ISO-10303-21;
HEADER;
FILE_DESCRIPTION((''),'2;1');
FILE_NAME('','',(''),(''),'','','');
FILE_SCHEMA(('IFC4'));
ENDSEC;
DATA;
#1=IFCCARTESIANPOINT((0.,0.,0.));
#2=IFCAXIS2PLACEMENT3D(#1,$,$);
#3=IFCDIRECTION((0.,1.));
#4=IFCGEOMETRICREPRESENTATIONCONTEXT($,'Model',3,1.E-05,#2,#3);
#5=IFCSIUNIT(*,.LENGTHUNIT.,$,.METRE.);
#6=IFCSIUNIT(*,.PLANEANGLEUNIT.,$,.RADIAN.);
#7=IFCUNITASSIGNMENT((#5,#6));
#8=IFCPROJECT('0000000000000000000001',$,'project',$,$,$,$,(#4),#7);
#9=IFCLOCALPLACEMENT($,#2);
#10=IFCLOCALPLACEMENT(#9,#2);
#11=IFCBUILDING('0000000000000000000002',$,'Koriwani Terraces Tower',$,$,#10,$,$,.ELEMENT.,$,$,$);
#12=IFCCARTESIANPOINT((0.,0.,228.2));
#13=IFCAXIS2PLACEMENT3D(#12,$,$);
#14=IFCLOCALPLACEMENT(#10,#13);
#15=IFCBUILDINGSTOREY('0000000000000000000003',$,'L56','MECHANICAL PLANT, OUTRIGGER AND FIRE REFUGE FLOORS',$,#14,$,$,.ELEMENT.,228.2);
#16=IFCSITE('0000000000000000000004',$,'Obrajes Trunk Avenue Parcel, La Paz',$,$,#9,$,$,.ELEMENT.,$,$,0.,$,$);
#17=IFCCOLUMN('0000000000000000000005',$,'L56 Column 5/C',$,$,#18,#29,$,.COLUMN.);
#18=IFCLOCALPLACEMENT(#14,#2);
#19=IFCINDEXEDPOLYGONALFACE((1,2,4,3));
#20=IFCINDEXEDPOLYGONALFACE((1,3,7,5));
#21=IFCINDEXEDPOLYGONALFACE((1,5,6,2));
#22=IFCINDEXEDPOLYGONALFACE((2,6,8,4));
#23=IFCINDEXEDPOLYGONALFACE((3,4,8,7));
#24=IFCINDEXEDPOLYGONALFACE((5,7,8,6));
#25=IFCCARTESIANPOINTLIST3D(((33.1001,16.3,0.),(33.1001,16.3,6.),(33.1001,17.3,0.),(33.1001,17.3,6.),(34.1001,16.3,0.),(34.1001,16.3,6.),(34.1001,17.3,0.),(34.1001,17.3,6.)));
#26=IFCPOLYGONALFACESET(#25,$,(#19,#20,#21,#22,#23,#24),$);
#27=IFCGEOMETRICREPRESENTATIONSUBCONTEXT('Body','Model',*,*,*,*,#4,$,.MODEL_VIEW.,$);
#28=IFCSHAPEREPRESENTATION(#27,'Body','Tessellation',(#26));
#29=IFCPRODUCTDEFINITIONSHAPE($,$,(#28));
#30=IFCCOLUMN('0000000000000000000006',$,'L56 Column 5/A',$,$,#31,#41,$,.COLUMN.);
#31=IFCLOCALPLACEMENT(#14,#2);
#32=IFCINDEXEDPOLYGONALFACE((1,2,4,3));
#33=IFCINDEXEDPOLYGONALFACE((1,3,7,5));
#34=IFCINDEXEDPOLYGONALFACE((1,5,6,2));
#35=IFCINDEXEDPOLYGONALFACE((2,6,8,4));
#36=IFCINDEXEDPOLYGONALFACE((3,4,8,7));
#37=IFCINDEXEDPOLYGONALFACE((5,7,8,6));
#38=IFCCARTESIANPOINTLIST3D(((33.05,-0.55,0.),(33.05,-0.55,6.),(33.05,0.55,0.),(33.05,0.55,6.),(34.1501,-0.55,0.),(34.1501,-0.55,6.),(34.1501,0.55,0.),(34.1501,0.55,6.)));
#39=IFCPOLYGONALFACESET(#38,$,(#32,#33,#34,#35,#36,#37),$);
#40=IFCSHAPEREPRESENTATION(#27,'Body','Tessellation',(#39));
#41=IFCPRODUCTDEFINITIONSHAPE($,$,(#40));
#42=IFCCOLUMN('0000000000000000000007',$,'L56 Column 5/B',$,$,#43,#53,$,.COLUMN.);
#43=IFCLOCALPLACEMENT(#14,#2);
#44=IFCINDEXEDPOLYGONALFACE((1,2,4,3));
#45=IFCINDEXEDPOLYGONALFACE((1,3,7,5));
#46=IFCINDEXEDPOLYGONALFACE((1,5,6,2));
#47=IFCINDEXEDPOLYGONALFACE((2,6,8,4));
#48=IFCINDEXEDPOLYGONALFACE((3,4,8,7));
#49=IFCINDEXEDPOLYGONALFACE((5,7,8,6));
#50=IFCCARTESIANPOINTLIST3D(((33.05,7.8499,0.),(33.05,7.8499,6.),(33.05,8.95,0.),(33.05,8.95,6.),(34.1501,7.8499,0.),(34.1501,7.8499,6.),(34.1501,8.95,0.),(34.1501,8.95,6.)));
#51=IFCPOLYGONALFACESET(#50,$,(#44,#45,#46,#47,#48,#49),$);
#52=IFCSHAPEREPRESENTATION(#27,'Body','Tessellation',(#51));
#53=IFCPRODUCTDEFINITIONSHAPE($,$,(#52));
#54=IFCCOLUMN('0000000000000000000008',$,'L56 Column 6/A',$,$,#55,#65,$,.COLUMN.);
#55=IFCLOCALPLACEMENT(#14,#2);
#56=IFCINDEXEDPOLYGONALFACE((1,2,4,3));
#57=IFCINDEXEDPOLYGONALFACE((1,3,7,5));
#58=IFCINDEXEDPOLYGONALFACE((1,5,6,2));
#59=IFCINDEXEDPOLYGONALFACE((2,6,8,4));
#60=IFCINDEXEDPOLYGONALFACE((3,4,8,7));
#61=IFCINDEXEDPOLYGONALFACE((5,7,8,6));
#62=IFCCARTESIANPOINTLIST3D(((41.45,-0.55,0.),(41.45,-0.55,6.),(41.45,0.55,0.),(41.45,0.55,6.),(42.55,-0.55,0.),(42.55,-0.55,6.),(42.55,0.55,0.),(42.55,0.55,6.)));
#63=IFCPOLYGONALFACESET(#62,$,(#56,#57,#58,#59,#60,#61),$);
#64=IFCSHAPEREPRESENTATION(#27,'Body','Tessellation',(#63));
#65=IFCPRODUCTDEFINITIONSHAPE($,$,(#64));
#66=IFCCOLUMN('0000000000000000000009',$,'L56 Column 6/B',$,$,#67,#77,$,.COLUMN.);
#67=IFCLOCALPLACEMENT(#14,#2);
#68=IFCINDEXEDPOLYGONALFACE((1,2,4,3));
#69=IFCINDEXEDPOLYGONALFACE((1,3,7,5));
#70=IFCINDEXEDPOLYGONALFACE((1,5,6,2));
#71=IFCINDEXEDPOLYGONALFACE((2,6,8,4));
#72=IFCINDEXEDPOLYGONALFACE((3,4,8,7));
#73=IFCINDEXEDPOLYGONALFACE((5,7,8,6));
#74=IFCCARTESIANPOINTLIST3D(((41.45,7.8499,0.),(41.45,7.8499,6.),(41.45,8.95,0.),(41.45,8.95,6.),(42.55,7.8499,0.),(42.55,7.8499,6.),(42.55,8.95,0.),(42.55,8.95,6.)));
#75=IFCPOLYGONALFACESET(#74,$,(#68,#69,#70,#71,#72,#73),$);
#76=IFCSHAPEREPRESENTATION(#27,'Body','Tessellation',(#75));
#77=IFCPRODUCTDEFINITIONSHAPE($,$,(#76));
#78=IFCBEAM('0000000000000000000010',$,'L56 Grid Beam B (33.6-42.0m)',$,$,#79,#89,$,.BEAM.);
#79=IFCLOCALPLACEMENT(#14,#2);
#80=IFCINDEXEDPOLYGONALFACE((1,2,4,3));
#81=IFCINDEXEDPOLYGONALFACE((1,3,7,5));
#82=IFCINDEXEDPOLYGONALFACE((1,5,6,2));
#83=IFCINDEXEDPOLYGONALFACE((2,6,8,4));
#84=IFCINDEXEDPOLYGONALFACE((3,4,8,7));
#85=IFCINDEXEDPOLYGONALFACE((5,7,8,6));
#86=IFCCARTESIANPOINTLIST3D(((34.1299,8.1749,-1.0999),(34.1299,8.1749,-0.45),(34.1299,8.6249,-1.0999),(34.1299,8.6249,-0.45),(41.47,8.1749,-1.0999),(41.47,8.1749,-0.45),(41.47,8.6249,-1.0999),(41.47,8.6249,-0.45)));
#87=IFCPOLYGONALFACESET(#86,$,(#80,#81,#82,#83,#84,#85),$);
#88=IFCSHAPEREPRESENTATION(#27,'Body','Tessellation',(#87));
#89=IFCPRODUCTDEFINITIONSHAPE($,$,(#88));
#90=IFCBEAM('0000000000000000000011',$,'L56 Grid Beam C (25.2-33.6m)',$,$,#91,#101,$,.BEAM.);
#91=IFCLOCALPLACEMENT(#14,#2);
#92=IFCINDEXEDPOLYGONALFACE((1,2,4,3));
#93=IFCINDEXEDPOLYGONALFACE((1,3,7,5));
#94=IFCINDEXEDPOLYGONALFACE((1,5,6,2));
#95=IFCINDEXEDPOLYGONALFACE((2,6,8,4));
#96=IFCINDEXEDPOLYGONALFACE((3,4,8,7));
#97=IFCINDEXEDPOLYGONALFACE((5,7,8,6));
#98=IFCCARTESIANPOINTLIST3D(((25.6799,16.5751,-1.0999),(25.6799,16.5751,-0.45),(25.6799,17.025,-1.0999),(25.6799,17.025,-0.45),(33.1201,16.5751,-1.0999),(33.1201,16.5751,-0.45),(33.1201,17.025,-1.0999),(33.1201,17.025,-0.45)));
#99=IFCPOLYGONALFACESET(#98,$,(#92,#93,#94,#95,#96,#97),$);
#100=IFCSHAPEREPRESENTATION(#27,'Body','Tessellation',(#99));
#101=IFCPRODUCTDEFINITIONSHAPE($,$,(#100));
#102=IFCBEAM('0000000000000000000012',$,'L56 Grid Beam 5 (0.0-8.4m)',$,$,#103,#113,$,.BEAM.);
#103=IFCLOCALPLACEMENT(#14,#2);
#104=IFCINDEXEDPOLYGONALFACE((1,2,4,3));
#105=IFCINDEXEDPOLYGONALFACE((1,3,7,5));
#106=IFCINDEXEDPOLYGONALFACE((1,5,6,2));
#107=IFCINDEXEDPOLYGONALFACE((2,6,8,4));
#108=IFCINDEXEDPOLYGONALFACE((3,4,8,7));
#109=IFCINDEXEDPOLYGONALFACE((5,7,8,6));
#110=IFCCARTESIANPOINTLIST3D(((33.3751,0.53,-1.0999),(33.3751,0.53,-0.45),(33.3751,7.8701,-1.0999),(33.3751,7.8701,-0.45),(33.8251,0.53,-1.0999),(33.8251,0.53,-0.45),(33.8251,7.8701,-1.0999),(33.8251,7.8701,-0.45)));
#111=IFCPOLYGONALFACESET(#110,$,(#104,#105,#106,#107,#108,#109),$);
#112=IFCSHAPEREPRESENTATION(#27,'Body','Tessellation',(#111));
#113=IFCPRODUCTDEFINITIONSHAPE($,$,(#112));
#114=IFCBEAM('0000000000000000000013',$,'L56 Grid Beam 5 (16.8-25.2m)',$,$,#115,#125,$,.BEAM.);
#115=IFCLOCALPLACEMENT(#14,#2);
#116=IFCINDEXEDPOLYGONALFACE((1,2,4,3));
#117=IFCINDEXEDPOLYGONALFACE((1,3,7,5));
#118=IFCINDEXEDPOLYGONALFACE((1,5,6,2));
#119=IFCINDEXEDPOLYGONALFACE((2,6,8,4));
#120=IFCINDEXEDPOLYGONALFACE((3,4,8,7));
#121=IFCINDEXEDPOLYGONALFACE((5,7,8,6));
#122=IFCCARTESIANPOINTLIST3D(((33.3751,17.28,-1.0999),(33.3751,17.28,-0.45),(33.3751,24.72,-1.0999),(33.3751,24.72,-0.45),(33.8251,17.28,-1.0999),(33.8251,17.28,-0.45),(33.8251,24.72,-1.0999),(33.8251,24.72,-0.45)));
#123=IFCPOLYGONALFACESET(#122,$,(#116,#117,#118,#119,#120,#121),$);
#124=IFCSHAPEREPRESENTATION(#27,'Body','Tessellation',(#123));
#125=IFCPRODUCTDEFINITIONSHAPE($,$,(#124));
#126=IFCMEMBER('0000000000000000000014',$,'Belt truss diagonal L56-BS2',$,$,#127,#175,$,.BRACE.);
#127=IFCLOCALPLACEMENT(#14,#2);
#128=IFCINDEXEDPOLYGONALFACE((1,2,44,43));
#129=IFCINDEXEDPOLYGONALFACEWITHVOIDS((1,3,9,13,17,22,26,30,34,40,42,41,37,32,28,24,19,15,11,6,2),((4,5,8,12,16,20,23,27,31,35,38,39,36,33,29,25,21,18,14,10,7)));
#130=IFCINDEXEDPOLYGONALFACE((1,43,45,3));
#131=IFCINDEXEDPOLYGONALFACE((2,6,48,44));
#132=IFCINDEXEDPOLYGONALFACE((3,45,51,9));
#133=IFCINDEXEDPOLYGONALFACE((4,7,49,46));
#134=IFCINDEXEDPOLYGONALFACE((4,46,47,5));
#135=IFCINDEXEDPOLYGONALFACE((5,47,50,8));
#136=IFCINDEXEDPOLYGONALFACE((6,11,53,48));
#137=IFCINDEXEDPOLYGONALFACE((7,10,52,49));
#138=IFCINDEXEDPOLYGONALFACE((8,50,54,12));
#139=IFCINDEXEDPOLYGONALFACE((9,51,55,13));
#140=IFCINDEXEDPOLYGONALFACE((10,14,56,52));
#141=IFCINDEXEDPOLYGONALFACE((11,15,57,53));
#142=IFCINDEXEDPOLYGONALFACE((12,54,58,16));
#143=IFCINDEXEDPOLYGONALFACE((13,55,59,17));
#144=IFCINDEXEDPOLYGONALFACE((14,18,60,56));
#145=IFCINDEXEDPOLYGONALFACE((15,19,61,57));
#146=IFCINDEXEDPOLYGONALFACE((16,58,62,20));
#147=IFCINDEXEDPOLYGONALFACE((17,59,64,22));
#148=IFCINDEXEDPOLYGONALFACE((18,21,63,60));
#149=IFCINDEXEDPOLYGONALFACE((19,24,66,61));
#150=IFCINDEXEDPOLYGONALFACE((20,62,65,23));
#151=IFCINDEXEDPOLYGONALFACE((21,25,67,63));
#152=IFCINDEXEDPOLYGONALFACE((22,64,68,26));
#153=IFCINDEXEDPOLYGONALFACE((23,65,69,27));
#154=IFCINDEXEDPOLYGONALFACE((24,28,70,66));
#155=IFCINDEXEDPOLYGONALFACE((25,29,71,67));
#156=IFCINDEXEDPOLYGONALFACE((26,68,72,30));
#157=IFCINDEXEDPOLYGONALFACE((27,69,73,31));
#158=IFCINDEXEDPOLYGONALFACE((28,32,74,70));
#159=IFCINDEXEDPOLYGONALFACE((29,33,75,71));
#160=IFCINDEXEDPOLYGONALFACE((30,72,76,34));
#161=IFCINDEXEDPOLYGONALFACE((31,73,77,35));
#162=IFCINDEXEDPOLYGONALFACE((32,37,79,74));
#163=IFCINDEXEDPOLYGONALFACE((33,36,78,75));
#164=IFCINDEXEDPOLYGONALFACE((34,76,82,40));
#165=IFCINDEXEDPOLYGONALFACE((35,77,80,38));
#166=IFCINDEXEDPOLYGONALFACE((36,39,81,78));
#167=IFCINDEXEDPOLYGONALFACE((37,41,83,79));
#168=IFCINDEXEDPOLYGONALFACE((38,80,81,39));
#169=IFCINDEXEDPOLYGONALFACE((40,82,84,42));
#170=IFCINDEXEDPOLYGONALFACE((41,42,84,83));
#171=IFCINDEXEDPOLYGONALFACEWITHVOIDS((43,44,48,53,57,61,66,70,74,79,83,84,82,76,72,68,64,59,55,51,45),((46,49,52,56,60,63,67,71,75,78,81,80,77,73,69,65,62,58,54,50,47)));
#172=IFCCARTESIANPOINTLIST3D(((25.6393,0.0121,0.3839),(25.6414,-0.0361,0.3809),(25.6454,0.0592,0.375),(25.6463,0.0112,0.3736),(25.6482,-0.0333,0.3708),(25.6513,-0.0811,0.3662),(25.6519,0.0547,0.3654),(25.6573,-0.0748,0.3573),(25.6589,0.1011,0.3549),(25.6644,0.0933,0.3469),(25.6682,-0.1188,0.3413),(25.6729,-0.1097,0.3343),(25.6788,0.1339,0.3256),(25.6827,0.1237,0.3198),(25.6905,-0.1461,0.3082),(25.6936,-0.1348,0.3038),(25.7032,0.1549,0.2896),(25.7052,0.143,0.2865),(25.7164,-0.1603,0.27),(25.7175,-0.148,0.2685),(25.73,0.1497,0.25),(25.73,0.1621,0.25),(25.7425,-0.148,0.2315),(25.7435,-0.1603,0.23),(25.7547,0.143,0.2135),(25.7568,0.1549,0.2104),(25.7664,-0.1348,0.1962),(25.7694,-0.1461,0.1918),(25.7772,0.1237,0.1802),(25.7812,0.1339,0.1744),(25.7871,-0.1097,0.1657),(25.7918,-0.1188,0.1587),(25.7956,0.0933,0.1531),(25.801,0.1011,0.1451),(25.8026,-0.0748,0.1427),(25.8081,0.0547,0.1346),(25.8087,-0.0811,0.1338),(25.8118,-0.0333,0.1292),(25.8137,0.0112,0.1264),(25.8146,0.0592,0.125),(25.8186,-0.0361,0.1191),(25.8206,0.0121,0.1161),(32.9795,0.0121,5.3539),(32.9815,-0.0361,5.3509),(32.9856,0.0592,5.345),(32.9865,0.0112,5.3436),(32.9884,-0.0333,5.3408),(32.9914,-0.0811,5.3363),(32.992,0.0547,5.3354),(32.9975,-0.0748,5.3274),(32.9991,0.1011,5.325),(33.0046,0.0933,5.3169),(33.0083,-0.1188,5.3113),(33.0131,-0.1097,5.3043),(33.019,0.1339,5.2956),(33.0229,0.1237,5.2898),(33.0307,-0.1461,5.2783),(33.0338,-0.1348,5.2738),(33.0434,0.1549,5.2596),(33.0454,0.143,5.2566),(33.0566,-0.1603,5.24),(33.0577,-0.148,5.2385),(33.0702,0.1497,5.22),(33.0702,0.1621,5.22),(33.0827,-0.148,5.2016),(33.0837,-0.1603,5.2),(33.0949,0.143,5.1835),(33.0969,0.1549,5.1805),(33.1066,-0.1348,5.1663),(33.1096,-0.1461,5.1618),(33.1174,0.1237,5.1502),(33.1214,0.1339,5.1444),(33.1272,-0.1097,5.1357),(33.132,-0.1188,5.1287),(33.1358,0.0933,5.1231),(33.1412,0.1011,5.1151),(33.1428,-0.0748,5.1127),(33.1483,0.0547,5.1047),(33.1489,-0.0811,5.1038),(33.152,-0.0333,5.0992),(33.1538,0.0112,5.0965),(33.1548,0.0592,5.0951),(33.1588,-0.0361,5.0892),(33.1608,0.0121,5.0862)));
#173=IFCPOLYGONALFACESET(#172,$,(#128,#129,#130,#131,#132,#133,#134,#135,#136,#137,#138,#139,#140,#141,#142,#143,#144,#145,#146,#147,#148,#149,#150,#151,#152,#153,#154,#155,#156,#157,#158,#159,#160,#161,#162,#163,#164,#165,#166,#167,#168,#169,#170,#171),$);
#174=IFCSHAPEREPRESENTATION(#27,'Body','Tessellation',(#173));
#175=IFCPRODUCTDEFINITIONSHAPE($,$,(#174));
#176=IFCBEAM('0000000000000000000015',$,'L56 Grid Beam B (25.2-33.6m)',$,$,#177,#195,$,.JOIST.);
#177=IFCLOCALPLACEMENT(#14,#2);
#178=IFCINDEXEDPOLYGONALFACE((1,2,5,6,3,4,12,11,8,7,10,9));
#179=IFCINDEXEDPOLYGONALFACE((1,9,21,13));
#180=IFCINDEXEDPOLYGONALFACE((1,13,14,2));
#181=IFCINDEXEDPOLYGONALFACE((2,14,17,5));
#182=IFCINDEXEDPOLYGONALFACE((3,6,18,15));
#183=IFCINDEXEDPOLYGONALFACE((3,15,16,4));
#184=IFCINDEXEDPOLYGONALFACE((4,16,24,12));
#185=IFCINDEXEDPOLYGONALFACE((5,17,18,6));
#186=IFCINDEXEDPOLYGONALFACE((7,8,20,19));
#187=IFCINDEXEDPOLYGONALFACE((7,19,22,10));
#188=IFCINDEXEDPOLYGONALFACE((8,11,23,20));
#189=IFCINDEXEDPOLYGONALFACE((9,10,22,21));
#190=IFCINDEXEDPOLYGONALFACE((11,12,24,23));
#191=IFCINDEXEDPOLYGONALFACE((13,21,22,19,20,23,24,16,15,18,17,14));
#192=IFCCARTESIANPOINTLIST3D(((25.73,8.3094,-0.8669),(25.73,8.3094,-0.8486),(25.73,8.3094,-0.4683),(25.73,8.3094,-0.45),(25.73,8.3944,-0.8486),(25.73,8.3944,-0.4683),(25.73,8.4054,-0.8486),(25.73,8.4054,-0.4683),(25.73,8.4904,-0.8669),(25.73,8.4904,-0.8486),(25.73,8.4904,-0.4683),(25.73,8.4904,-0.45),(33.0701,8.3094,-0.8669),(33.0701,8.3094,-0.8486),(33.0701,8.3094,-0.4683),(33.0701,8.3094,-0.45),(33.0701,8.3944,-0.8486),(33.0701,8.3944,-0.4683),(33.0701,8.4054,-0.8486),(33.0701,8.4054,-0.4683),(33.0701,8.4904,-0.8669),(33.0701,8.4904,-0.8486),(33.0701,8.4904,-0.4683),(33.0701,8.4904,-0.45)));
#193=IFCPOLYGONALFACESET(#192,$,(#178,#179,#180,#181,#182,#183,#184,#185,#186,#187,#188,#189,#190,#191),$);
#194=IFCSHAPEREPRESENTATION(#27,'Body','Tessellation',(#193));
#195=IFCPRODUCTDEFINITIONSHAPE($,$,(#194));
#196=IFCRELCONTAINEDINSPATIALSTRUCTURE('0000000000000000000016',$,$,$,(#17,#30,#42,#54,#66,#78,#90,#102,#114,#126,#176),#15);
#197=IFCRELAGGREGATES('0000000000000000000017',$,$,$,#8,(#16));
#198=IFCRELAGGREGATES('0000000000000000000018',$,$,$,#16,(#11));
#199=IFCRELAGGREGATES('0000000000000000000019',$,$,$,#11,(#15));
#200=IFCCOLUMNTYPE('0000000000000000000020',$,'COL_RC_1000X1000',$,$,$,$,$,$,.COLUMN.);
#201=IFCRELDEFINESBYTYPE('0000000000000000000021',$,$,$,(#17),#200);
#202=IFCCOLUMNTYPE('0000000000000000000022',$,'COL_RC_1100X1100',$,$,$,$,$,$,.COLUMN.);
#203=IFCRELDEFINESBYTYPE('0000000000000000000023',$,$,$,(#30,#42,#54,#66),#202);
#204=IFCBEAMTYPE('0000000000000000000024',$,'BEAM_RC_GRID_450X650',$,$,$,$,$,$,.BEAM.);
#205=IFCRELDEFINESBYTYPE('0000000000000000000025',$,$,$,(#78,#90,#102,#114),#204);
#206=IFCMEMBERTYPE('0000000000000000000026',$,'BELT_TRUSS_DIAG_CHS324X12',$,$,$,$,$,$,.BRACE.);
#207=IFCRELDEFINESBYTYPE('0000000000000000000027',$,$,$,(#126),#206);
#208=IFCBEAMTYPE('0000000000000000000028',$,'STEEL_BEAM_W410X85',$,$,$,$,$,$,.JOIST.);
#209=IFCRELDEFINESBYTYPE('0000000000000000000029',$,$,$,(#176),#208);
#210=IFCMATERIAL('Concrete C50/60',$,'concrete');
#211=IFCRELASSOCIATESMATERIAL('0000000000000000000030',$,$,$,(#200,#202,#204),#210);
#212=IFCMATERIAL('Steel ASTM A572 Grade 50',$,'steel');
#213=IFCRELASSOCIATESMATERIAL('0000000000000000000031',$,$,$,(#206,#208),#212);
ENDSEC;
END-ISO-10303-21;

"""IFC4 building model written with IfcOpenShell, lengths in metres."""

from ifc_helpers import new_model, si_unit, direction, frame, origin, origin_2d, place, context, subcontext, project, spatial, rectangle, hollow_circle, i_section, extrude, material, material_profile, profile_set, type_object, element, save


model = new_model("IFC4")

# Units and contexts
model_context = context("Model", 3, precision=1e-05, world=origin(), true_north=direction((0.0, 1.0)))
body_context = subcontext(model_context, "Body", "Model", "MODEL_VIEW")
ifc_project = project(units=[si_unit("LENGTHUNIT", "METRE"), si_unit("PLANEANGLEUNIT", "RADIAN")], contexts=[model_context])

# Site, building, storey
site_placement = place(None, origin())
site = spatial("IfcSite", under=ifc_project, at=site_placement, Name="Obrajes Trunk Avenue Parcel, La Paz", CompositionType="ELEMENT", RefElevation=0.0)
building_placement = place(site_placement, origin())
building = spatial("IfcBuilding", under=site, at=building_placement, Name="Koriwani Terraces Tower", CompositionType="ELEMENT")
storey_placement = place(building_placement, frame((0.0, 0.0, 228.2)))
storey = spatial("IfcBuildingStorey", under=building, at=storey_placement, Name="L56", Description="MECHANICAL PLANT, OUTRIGGER AND FIRE REFUGE FLOORS", CompositionType="ELEMENT", Elevation=228.2)

# Columns
ifc_material_1 = material(Name="Concrete C50/60", Category="concrete")
ifc_material_profile_1 = material_profile(ifc_material_1, rectangle(XDim=1.0, YDim=1.0, at=origin_2d()), Name="Concrete C50/60", Category="LoadBearing")
ifc_profile_set_1 = profile_set([ifc_material_profile_1], Name="Concrete C50/60")
column_type_1 = type_object("IfcColumnType", Name="COL_RC_1000X1000", PredefinedType="COLUMN", material=ifc_profile_set_1)
column_placement = place(storey_placement, frame((33.6001, 16.8, 0.0), z_axis=(0.0, 0.0, 1.0), x_axis=(1.0, 0.0, 0.0)))
element("IfcColumn", 1, at=column_placement, inside=storey, type_object=column_type_1, Name="L56 Column 5/C", PredefinedType="COLUMN", context=body_context, shape_type="SweptSolid", body=[
    extrude(rectangle(XDim=1.0, YDim=1.0, at=origin_2d()), origin(), (0.0, 0.0, 1.0), 6.0),
])
ifc_material_profile_2 = material_profile(ifc_material_1, rectangle(XDim=1.1001, YDim=1.1001, at=origin_2d()), Name="Concrete C50/60", Category="LoadBearing")
ifc_profile_set_2 = profile_set([ifc_material_profile_2], Name="Concrete C50/60")
column_type_2 = type_object("IfcColumnType", Name="COL_RC_1100X1100", PredefinedType="COLUMN", material=ifc_profile_set_2)
for number, where, z_axis, x_axis, name in (
    (2, (33.6001, 0.0, 0.0), (0.0, 0.0, 1.0), (1.0, 0.0, 0.0), "L56 Column 5/A"),
    (3, (33.6001, 8.3999, 0.0), (0.0, 0.0, 1.0), (1.0, 0.0, 0.0), "L56 Column 5/B"),
    (4, (42.0, 0.0, 0.0), (0.0, 0.0, 1.0), (1.0, 0.0, 0.0), "L56 Column 6/A"),
    (5, (42.0, 8.3999, 0.0), (0.0, 0.0, 1.0), (1.0, 0.0, 0.0), "L56 Column 6/B"),
):
    element("IfcColumn", number, at=place(storey_placement, frame(where, z_axis=z_axis, x_axis=x_axis)), inside=storey, type_object=column_type_2, Name=name, PredefinedType="COLUMN", context=body_context, shape_type="SweptSolid", body=[
        extrude(rectangle(XDim=1.1001, YDim=1.1001, at=origin_2d()), origin(), (0.0, 0.0, 1.0), 6.0),
    ])

# Beams
ifc_material_profile_3 = material_profile(ifc_material_1, rectangle(XDim=0.45, YDim=0.6499, at=origin_2d()), Name="Concrete C50/60", Category="LoadBearing")
ifc_profile_set_3 = profile_set([ifc_material_profile_3], Name="Concrete C50/60")
beam_type_1 = type_object("IfcBeamType", Name="BEAM_RC_GRID_450X650", PredefinedType="BEAM", material=ifc_profile_set_3)
beam_1_placement = place(storey_placement, frame((34.1299, 8.3999, -0.7749), z_axis=(1.0, 0.0, 0.0), x_axis=(0.0, 1.0, 0.0)))
element("IfcBeam", 6, at=beam_1_placement, inside=storey, type_object=beam_type_1, Name="L56 Grid Beam B (33.6-42.0m)", PredefinedType="BEAM", context=body_context, shape_type="SweptSolid", body=[
    extrude(rectangle(XDim=0.45, YDim=0.6499, at=origin_2d()), origin(), (0.0, 0.0, 1.0), 7.3401),
])
beam_2_placement = place(storey_placement, frame((25.6799, 16.8, -0.7749), z_axis=(1.0, 0.0, 0.0), x_axis=(0.0, 1.0, 0.0)))
element("IfcBeam", 7, at=beam_2_placement, inside=storey, type_object=beam_type_1, Name="L56 Grid Beam C (25.2-33.6m)", PredefinedType="BEAM", context=body_context, shape_type="SweptSolid", body=[
    extrude(rectangle(XDim=0.45, YDim=0.6499, at=origin_2d()), origin(), (0.0, 0.0, 1.0), 7.4402),
])
beam_3_placement = place(storey_placement, frame((33.6001, 0.53, -0.7749), z_axis=(0.0, 1.0, 0.0), x_axis=(-1.0, 0.0, 0.0)))
element("IfcBeam", 8, at=beam_3_placement, inside=storey, type_object=beam_type_1, Name="L56 Grid Beam 5 (0.0-8.4m)", PredefinedType="BEAM", context=body_context, shape_type="SweptSolid", body=[
    extrude(rectangle(XDim=0.45, YDim=0.6499, at=origin_2d()), origin(), (0.0, 0.0, 1.0), 7.3401),
])
beam_4_placement = place(storey_placement, frame((33.6001, 17.28, -0.7749), z_axis=(0.0, 1.0, 0.0), x_axis=(-1.0, 0.0, 0.0)))
element("IfcBeam", 9, at=beam_4_placement, inside=storey, type_object=beam_type_1, Name="L56 Grid Beam 5 (16.8-25.2m)", PredefinedType="BEAM", context=body_context, shape_type="SweptSolid", body=[
    extrude(rectangle(XDim=0.45, YDim=0.6499, at=origin_2d()), origin(), (0.0, 0.0, 1.0), 7.4399),
])

# Member
ifc_material_2 = material(Name="Steel ASTM A572 Grade 50", Category="steel")
ifc_material_profile_4 = material_profile(ifc_material_2, hollow_circle(Radius=0.1621, WallThickness=0.0125, at=origin_2d()), Name="Steel ASTM A572 Grade 50", Category="LoadBearing")
ifc_profile_set_4 = profile_set([ifc_material_profile_4], Name="Steel ASTM A572 Grade 50")
member_type = type_object("IfcMemberType", Name="BELT_TRUSS_DIAG_CHS324X12", PredefinedType="BRACE", material=ifc_profile_set_4)
member_placement = place(storey_placement, frame((25.73, 0.0, 0.25), z_axis=(0.828042, 0.0, 0.560667), x_axis=(0.0, 1.0, 0.0)))
element("IfcMember", 10, at=member_placement, inside=storey, type_object=member_type, Name="Belt truss diagonal L56-BS2", PredefinedType="BRACE", context=body_context, shape_type="SweptSolid", body=[
    extrude(hollow_circle(Radius=0.1621, WallThickness=0.0125, at=origin_2d()), origin(), (0.0, 0.0, 1.0), 8.8645),
])

# Beam
ifc_material_profile_5 = material_profile(ifc_material_2, i_section(OverallWidth=0.1809, OverallDepth=0.417, WebThickness=0.011, FlangeThickness=0.0183, at=origin_2d()), Name="Steel ASTM A572 Grade 50", Category="LoadBearing")
ifc_profile_set_5 = profile_set([ifc_material_profile_5], Name="Steel ASTM A572 Grade 50")
beam_type_2 = type_object("IfcBeamType", Name="STEEL_BEAM_W410X85", PredefinedType="JOIST", material=ifc_profile_set_5)
beam_5_placement = place(storey_placement, frame((25.73, 8.3999, -0.6584), z_axis=(1.0, 0.0, 0.0), x_axis=(0.0, 1.0, 0.0)))
element("IfcBeam", 11, at=beam_5_placement, inside=storey, type_object=beam_type_2, Name="L56 Grid Beam B (25.2-33.6m)", PredefinedType="JOIST", context=body_context, shape_type="SweptSolid", body=[
    extrude(i_section(OverallWidth=0.1809, OverallDepth=0.417, WebThickness=0.011, FlangeThickness=0.0183, at=origin_2d()), origin(), (0.0, 0.0, 1.0), 7.3401),
])

save(model, "model.ifc")
